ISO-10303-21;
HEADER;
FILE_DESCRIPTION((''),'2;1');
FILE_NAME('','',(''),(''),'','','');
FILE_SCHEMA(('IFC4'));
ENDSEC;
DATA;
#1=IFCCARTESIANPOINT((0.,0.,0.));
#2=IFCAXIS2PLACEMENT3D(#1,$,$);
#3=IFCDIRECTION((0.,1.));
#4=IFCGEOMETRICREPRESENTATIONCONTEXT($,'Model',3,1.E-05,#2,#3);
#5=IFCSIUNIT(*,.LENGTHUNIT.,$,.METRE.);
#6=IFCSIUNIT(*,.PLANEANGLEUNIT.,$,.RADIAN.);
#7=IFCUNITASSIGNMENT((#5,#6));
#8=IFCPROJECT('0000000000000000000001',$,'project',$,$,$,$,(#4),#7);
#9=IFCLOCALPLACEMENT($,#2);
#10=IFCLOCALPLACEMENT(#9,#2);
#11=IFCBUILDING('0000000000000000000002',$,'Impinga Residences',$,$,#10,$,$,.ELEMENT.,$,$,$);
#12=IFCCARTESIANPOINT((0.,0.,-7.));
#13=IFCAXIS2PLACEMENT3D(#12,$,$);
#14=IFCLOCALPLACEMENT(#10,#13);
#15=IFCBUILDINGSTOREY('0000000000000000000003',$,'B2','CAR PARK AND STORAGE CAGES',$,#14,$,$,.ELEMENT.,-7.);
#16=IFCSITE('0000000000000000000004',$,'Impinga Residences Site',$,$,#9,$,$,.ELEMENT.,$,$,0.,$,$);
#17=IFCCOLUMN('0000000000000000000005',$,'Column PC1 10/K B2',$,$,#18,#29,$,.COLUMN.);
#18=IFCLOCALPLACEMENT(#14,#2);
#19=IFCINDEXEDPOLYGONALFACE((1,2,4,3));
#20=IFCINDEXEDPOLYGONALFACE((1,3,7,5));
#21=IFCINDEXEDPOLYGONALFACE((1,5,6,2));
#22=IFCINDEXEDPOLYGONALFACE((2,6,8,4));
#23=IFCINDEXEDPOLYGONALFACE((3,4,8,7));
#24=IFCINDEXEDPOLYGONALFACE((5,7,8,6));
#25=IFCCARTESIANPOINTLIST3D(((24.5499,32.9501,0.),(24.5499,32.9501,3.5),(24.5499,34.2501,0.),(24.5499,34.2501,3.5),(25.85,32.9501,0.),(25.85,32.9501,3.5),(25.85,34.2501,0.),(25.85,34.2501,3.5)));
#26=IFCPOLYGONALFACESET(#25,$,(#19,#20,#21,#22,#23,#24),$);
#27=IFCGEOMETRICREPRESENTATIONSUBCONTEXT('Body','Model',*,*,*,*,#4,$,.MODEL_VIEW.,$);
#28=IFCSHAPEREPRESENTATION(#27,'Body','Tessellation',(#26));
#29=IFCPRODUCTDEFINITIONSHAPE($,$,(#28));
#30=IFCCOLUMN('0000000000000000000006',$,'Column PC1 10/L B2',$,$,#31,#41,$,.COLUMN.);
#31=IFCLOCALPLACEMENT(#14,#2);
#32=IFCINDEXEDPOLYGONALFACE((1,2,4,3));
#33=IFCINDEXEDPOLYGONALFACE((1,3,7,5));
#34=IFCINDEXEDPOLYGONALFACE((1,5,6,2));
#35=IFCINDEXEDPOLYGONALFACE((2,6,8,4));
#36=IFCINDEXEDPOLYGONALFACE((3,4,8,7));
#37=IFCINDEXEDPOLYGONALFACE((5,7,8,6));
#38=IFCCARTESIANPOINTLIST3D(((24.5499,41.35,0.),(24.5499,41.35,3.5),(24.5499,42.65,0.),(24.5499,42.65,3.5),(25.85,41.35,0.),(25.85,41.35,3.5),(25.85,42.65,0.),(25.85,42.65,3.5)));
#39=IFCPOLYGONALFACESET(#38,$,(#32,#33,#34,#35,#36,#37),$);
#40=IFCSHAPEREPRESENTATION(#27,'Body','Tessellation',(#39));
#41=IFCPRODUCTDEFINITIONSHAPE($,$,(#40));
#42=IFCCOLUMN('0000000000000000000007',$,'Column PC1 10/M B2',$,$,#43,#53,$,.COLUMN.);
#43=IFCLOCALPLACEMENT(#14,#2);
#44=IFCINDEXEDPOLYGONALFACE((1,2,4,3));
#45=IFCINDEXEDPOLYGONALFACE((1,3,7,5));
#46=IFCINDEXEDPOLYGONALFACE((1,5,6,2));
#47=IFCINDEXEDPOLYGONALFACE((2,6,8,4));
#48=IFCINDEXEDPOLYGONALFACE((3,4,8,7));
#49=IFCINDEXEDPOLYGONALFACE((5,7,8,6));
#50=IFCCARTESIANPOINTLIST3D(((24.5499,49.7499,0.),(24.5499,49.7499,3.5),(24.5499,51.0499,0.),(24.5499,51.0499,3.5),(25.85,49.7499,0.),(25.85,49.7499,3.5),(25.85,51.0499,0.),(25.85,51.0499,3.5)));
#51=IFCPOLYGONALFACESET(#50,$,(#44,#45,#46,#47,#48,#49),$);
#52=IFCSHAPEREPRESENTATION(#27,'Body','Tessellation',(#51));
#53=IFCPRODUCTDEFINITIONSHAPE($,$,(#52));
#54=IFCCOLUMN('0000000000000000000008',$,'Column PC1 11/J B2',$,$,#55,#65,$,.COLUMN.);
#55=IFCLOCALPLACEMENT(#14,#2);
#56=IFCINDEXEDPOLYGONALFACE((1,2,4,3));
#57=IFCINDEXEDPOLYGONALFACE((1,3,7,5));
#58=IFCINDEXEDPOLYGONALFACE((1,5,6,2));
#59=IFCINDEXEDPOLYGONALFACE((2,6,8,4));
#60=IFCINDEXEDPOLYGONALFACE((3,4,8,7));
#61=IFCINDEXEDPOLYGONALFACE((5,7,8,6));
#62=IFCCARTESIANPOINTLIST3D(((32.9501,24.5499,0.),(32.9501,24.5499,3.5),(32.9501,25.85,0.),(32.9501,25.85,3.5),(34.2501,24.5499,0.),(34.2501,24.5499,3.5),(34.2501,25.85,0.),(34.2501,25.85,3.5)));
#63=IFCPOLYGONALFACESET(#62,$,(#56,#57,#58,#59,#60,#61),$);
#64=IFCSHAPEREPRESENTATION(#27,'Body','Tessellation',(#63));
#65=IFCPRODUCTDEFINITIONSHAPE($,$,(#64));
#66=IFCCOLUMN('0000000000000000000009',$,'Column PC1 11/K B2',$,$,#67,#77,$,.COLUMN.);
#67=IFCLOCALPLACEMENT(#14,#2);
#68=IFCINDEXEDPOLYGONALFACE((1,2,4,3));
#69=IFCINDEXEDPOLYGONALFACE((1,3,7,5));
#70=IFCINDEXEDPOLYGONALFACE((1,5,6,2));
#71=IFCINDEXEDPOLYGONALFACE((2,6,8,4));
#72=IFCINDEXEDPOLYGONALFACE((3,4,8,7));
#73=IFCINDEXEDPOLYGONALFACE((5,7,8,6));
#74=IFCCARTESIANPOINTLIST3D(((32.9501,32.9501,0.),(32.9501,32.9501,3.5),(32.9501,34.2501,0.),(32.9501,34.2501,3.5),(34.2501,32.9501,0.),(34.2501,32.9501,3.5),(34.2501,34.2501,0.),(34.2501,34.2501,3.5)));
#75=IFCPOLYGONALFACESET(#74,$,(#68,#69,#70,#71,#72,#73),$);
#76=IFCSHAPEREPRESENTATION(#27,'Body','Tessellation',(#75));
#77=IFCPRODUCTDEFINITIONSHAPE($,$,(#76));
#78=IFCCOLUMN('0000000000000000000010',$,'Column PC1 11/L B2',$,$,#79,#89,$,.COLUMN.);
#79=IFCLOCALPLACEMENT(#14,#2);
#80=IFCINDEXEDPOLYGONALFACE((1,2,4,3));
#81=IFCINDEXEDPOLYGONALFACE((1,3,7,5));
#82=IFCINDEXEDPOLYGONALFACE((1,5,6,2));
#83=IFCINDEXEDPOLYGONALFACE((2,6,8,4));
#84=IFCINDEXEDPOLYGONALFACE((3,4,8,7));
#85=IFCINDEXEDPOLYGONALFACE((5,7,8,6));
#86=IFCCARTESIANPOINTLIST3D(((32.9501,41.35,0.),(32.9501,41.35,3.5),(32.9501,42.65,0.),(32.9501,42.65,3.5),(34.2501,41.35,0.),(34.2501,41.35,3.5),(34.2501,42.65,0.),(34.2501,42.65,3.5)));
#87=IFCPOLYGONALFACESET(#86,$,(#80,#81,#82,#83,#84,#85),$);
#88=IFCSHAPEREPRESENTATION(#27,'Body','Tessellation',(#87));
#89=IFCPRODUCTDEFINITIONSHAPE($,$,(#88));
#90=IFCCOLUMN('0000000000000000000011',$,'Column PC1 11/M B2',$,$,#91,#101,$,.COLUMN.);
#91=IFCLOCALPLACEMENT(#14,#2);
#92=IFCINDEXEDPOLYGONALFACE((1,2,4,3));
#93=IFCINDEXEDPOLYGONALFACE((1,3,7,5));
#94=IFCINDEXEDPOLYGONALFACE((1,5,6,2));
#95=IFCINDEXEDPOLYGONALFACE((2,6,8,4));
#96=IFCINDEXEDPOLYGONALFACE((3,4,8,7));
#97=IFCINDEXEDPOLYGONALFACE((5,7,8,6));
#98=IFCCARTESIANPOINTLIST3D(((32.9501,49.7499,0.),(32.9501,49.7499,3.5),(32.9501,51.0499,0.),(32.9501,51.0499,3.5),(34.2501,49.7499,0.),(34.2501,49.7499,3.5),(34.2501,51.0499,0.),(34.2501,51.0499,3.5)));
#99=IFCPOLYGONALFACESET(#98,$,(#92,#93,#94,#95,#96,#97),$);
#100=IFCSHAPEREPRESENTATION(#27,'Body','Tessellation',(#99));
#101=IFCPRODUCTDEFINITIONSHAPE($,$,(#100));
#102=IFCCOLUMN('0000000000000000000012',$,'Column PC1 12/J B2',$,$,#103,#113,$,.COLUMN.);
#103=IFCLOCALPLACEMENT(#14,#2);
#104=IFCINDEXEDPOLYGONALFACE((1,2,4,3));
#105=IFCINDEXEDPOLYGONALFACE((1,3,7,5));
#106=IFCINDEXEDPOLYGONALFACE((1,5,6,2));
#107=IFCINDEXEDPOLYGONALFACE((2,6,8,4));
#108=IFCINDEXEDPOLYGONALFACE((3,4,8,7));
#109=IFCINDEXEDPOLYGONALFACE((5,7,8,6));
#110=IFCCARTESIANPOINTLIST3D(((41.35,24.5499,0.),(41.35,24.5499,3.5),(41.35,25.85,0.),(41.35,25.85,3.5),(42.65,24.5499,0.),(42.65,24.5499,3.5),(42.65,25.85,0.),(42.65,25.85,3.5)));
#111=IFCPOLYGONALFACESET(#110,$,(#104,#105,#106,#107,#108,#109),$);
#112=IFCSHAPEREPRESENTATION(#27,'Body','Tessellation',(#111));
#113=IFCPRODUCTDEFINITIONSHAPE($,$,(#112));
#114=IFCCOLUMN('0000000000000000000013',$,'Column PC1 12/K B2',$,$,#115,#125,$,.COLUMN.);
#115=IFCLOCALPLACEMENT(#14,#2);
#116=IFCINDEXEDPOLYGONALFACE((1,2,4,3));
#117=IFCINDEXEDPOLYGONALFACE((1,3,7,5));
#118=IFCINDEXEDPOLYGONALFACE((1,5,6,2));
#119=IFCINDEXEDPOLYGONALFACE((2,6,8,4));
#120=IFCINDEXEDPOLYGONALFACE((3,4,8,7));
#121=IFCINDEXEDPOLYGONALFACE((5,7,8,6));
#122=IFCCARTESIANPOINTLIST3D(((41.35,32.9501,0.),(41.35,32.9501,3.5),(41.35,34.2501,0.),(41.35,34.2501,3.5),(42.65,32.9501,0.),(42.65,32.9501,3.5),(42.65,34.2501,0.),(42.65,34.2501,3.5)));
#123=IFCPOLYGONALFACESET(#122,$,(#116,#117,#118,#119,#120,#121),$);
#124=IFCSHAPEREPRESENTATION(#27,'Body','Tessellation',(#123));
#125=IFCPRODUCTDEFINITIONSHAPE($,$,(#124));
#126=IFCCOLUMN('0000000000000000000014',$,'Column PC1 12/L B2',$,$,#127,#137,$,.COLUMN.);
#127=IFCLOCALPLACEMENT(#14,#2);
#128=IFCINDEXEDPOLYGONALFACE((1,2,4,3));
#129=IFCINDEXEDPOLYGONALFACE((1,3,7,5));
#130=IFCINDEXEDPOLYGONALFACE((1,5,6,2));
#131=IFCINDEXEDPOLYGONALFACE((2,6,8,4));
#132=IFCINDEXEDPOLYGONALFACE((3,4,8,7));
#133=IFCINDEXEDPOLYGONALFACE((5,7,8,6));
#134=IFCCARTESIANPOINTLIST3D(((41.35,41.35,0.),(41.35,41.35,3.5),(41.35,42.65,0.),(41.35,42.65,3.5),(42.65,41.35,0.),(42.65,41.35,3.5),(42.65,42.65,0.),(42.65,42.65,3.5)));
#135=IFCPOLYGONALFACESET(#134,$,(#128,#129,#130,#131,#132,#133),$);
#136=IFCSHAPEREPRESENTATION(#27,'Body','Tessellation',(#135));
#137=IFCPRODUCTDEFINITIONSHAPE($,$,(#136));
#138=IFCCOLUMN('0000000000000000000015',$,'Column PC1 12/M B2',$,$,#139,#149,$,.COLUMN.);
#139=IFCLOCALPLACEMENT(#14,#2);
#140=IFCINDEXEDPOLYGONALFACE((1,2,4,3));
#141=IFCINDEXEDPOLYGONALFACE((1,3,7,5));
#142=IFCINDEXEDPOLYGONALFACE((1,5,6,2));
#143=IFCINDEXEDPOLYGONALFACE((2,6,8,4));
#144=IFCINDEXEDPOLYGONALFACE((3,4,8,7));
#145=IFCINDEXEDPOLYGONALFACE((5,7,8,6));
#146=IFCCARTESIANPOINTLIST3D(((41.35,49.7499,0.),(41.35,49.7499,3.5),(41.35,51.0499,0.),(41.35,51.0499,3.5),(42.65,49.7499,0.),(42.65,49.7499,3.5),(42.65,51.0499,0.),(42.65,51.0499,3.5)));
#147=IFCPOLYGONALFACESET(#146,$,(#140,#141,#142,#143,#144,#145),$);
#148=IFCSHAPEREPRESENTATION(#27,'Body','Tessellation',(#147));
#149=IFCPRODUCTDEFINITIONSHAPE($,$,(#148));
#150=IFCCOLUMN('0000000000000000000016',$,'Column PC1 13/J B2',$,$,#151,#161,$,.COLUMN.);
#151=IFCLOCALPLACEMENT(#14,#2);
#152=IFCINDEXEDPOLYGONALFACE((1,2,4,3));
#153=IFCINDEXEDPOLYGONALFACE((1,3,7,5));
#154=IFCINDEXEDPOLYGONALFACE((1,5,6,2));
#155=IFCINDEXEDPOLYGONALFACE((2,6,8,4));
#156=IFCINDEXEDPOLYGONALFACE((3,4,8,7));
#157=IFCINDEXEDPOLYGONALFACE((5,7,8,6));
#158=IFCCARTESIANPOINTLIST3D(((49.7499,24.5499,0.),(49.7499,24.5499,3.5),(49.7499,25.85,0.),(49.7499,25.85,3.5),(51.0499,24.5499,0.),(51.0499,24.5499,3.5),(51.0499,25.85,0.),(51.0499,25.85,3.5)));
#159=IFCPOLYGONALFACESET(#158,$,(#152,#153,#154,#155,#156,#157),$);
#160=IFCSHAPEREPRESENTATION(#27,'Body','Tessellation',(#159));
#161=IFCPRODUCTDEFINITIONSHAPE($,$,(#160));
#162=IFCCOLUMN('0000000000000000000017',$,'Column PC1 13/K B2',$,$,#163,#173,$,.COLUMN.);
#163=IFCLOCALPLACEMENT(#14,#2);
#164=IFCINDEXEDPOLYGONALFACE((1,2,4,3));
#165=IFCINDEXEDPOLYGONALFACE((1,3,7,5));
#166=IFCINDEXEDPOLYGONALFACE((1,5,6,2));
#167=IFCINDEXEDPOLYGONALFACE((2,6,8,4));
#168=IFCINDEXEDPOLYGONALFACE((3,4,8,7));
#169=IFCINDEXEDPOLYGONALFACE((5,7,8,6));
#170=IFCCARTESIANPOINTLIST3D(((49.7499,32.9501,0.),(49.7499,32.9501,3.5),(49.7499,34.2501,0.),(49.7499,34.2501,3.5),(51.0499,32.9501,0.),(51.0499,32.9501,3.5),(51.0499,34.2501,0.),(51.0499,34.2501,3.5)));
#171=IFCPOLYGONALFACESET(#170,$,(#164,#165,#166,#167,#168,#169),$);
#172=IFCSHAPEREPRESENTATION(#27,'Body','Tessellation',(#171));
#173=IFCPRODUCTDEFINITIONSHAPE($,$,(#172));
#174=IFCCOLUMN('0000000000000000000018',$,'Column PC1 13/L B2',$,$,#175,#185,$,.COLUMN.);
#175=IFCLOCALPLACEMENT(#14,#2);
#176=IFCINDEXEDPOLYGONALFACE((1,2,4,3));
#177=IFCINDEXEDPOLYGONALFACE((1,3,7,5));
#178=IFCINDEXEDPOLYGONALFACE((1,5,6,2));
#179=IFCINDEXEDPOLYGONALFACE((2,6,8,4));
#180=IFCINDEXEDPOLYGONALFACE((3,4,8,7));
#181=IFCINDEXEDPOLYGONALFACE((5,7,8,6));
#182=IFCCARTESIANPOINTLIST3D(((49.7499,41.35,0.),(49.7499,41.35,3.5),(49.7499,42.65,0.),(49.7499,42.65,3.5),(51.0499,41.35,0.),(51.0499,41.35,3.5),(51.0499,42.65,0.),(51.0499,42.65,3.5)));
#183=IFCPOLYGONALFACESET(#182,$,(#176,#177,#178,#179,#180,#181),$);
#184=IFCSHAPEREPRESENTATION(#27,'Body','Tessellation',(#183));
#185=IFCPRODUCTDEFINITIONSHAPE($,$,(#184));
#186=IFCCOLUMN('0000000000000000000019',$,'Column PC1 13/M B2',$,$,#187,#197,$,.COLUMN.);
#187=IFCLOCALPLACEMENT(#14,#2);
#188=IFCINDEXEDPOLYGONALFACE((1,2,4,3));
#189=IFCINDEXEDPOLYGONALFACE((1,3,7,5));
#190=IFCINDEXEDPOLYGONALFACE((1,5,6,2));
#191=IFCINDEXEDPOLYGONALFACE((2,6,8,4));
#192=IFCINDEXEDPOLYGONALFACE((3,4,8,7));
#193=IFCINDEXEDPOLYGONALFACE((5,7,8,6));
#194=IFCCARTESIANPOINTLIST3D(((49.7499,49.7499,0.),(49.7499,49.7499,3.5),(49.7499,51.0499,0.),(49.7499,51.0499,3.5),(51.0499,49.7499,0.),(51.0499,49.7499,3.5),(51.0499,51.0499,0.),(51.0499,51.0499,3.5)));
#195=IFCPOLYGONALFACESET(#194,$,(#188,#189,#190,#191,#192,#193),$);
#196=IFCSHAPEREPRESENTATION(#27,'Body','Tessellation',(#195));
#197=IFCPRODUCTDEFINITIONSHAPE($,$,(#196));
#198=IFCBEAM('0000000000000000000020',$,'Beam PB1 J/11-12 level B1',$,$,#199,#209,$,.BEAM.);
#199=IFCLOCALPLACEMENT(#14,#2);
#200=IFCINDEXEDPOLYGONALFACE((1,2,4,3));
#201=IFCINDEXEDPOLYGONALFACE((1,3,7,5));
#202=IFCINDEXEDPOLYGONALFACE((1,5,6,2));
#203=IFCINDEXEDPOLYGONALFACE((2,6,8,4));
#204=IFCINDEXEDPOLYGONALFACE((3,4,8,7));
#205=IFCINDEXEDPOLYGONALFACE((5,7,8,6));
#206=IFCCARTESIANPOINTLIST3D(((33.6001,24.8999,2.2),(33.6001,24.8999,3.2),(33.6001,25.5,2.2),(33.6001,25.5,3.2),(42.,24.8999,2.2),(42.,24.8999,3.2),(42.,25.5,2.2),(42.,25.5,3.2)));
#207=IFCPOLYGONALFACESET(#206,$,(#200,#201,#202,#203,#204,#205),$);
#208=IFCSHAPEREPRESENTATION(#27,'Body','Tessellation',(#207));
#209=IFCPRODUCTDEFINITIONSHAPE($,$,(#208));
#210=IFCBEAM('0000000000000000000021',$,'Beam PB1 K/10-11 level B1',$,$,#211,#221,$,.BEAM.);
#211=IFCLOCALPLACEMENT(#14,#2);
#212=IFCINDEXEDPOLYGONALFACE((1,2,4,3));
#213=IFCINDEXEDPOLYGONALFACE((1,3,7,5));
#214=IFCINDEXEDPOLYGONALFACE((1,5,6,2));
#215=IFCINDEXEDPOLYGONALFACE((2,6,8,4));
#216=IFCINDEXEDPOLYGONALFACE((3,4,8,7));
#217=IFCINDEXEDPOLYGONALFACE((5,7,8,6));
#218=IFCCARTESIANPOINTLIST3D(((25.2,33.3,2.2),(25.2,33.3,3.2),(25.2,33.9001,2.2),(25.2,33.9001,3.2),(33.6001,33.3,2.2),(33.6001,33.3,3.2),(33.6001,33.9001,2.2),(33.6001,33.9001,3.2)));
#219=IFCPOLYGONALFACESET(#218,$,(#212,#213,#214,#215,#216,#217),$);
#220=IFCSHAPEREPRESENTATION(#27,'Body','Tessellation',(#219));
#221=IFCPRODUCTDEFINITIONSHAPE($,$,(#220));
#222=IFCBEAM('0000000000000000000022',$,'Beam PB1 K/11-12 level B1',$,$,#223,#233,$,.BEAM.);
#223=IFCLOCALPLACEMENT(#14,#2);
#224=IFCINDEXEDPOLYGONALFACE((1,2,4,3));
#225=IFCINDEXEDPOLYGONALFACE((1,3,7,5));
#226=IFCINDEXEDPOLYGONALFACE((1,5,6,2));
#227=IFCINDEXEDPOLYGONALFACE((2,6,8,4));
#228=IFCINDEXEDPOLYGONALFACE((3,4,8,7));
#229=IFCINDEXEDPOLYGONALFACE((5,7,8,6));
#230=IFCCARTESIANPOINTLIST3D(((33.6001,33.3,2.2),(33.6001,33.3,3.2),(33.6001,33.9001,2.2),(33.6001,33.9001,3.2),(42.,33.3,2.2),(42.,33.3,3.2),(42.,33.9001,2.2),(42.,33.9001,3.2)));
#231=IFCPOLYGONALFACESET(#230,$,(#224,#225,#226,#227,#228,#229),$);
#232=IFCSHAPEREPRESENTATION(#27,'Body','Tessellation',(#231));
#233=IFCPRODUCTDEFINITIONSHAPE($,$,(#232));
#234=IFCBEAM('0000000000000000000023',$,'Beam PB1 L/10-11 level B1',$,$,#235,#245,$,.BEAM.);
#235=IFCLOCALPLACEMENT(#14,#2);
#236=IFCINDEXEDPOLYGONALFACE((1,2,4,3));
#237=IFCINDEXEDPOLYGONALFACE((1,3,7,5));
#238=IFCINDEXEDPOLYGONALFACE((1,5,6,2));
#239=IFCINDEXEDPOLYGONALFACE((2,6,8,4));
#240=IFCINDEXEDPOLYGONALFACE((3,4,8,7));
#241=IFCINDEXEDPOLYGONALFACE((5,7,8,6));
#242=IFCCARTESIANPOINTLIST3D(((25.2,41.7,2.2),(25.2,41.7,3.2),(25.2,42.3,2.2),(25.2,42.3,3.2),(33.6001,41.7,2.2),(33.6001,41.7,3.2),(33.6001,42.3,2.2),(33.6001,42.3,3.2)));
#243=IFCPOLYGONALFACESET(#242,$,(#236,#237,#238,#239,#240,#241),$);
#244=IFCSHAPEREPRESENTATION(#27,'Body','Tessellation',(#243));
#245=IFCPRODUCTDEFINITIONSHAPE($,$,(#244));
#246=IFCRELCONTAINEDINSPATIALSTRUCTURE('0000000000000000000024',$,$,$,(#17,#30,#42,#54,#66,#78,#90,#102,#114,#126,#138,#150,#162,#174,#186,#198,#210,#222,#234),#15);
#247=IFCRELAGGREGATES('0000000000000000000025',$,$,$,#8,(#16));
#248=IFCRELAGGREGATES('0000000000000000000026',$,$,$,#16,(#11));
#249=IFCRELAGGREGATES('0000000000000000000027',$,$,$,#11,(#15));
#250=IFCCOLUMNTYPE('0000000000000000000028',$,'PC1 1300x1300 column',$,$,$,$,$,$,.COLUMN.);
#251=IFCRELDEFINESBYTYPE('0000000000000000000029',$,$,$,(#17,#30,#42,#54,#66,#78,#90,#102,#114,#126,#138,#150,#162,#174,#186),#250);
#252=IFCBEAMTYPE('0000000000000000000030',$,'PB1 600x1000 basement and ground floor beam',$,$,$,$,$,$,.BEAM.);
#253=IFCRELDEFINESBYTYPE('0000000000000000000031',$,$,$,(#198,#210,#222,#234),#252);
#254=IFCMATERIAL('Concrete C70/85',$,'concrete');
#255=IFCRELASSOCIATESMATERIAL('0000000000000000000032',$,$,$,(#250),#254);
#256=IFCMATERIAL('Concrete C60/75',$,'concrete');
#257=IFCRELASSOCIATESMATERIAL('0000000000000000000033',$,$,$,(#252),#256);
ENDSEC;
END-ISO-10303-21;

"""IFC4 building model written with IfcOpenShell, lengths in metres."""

from ifc_helpers import new_model, si_unit, direction, frame, origin, origin_2d, place, context, subcontext, project, spatial, rectangle, extrude, material, material_profile, profile_set, type_object, element, save


model = new_model("IFC4")

# Units and contexts
model_context = context("Model", 3, precision=1e-05, world=origin(), true_north=direction((0.0, 1.0)))
body_context = subcontext(model_context, "Body", "Model", "MODEL_VIEW")
ifc_project = project(units=[si_unit("LENGTHUNIT", "METRE"), si_unit("PLANEANGLEUNIT", "RADIAN")], contexts=[model_context])

# Site, building, storey
site_placement = place(None, origin())
site = spatial("IfcSite", under=ifc_project, at=site_placement, Name="Impinga Residences Site", CompositionType="ELEMENT", RefElevation=0.0)
building_placement = place(site_placement, origin())
building = spatial("IfcBuilding", under=site, at=building_placement, Name="Impinga Residences", CompositionType="ELEMENT")
storey_placement = place(building_placement, frame((0.0, 0.0, -7.0)))
storey = spatial("IfcBuildingStorey", under=building, at=storey_placement, Name="B2", Description="CAR PARK AND STORAGE CAGES", CompositionType="ELEMENT", Elevation=-7.0)

# Columns
ifc_material_1 = material(Name="Concrete C70/85", Category="concrete")
ifc_material_profile_1 = material_profile(ifc_material_1, rectangle(XDim=1.3, YDim=1.3, at=origin_2d()), Name="RC 1300x1300")
ifc_profile_set_1 = profile_set([ifc_material_profile_1], Name="Concrete C70/85")
column_type = type_object("IfcColumnType", Name="PC1 1300x1300 column", PredefinedType="COLUMN", material=ifc_profile_set_1)
for number, where, z_axis, x_axis, name in (
    (1, (25.2, 33.6001, 0.0), (0.0, 0.0, 1.0), (1.0, 0.0, 0.0), "Column PC1 10/K B2"),
    (2, (25.2, 42.0, 0.0), (0.0, 0.0, 1.0), (1.0, 0.0, 0.0), "Column PC1 10/L B2"),
    (3, (25.2, 50.3999, 0.0), (0.0, 0.0, 1.0), (1.0, 0.0, 0.0), "Column PC1 10/M B2"),
    (4, (33.6001, 25.2, 0.0), (0.0, 0.0, 1.0), (1.0, 0.0, 0.0), "Column PC1 11/J B2"),
    (5, (33.6001, 33.6001, 0.0), (0.0, 0.0, 1.0), (1.0, 0.0, 0.0), "Column PC1 11/K B2"),
    (6, (33.6001, 42.0, 0.0), (0.0, 0.0, 1.0), (1.0, 0.0, 0.0), "Column PC1 11/L B2"),
    (7, (33.6001, 50.3999, 0.0), (0.0, 0.0, 1.0), (1.0, 0.0, 0.0), "Column PC1 11/M B2"),
    (8, (42.0, 25.2, 0.0), (0.0, 0.0, 1.0), (1.0, 0.0, 0.0), "Column PC1 12/J B2"),
    (9, (42.0, 33.6001, 0.0), (0.0, 0.0, 1.0), (1.0, 0.0, 0.0), "Column PC1 12/K B2"),
    (10, (42.0, 42.0, 0.0), (0.0, 0.0, 1.0), (1.0, 0.0, 0.0), "Column PC1 12/L B2"),
    (11, (42.0, 50.3999, 0.0), (0.0, 0.0, 1.0), (1.0, 0.0, 0.0), "Column PC1 12/M B2"),
    (12, (50.3999, 25.2, 0.0), (0.0, 0.0, 1.0), (1.0, 0.0, 0.0), "Column PC1 13/J B2"),
    (13, (50.3999, 33.6001, 0.0), (0.0, 0.0, 1.0), (1.0, 0.0, 0.0), "Column PC1 13/K B2"),
    (14, (50.3999, 42.0, 0.0), (0.0, 0.0, 1.0), (1.0, 0.0, 0.0), "Column PC1 13/L B2"),
    (15, (50.3999, 50.3999, 0.0), (0.0, 0.0, 1.0), (1.0, 0.0, 0.0), "Column PC1 13/M B2"),
):
    element("IfcColumn", number, at=place(storey_placement, frame(where, z_axis=z_axis, x_axis=x_axis)), inside=storey, type_object=column_type, Name=name, PredefinedType="COLUMN", context=body_context, shape_type="SweptSolid", body=[
        extrude(rectangle(XDim=1.3, YDim=1.3, at=origin_2d()), origin(), (0.0, 0.0, 1.0), 3.5),
    ])

# Beams
ifc_material_2 = material(Name="Concrete C60/75", Category="concrete")
ifc_material_profile_2 = material_profile(ifc_material_2, rectangle(XDim=0.6001, YDim=1.0, at=origin_2d()), Name="RC 600x1000")
ifc_profile_set_2 = profile_set([ifc_material_profile_2], Name="Concrete C60/75")
beam_type = type_object("IfcBeamType", Name="PB1 600x1000 basement and ground floor beam", PredefinedType="BEAM", material=ifc_profile_set_2)
beam_1_placement = place(storey_placement, frame((33.6001, 25.2, 2.7), z_axis=(1.0, 0.0, 0.0), x_axis=(0.0, 1.0, 0.0)))
element("IfcBeam", 16, at=beam_1_placement, inside=storey, type_object=beam_type, Name="Beam PB1 J/11-12 level B1", PredefinedType="BEAM", context=body_context, shape_type="SweptSolid", body=[
    extrude(rectangle(XDim=0.6001, YDim=1.0, at=origin_2d()), origin(), (0.0, 0.0, 1.0), 8.3999),
])
beam_2_placement = place(storey_placement, frame((25.2, 33.6001, 2.7), z_axis=(1.0, 0.0, 0.0), x_axis=(0.0, 1.0, 0.0)))
element("IfcBeam", 17, at=beam_2_placement, inside=storey, type_object=beam_type, Name="Beam PB1 K/10-11 level B1", PredefinedType="BEAM", context=body_context, shape_type="SweptSolid", body=[
    extrude(rectangle(XDim=0.6001, YDim=1.0, at=origin_2d()), origin(), (0.0, 0.0, 1.0), 8.4001),
])
beam_3_placement = place(storey_placement, frame((33.6001, 33.6001, 2.7), z_axis=(1.0, 0.0, 0.0), x_axis=(0.0, 1.0, 0.0)))
element("IfcBeam", 18, at=beam_3_placement, inside=storey, type_object=beam_type, Name="Beam PB1 K/11-12 level B1", PredefinedType="BEAM", context=body_context, shape_type="SweptSolid", body=[
    extrude(rectangle(XDim=0.6001, YDim=1.0, at=origin_2d()), origin(), (0.0, 0.0, 1.0), 8.3999),
])
beam_4_placement = place(storey_placement, frame((25.2, 42.0, 2.7), z_axis=(1.0, 0.0, 0.0), x_axis=(0.0, 1.0, 0.0)))
element("IfcBeam", 19, at=beam_4_placement, inside=storey, type_object=beam_type, Name="Beam PB1 L/10-11 level B1", PredefinedType="BEAM", context=body_context, shape_type="SweptSolid", body=[
    extrude(rectangle(XDim=0.6001, YDim=1.0, at=origin_2d()), origin(), (0.0, 0.0, 1.0), 8.4001),
])

save(model, "model.ifc")
